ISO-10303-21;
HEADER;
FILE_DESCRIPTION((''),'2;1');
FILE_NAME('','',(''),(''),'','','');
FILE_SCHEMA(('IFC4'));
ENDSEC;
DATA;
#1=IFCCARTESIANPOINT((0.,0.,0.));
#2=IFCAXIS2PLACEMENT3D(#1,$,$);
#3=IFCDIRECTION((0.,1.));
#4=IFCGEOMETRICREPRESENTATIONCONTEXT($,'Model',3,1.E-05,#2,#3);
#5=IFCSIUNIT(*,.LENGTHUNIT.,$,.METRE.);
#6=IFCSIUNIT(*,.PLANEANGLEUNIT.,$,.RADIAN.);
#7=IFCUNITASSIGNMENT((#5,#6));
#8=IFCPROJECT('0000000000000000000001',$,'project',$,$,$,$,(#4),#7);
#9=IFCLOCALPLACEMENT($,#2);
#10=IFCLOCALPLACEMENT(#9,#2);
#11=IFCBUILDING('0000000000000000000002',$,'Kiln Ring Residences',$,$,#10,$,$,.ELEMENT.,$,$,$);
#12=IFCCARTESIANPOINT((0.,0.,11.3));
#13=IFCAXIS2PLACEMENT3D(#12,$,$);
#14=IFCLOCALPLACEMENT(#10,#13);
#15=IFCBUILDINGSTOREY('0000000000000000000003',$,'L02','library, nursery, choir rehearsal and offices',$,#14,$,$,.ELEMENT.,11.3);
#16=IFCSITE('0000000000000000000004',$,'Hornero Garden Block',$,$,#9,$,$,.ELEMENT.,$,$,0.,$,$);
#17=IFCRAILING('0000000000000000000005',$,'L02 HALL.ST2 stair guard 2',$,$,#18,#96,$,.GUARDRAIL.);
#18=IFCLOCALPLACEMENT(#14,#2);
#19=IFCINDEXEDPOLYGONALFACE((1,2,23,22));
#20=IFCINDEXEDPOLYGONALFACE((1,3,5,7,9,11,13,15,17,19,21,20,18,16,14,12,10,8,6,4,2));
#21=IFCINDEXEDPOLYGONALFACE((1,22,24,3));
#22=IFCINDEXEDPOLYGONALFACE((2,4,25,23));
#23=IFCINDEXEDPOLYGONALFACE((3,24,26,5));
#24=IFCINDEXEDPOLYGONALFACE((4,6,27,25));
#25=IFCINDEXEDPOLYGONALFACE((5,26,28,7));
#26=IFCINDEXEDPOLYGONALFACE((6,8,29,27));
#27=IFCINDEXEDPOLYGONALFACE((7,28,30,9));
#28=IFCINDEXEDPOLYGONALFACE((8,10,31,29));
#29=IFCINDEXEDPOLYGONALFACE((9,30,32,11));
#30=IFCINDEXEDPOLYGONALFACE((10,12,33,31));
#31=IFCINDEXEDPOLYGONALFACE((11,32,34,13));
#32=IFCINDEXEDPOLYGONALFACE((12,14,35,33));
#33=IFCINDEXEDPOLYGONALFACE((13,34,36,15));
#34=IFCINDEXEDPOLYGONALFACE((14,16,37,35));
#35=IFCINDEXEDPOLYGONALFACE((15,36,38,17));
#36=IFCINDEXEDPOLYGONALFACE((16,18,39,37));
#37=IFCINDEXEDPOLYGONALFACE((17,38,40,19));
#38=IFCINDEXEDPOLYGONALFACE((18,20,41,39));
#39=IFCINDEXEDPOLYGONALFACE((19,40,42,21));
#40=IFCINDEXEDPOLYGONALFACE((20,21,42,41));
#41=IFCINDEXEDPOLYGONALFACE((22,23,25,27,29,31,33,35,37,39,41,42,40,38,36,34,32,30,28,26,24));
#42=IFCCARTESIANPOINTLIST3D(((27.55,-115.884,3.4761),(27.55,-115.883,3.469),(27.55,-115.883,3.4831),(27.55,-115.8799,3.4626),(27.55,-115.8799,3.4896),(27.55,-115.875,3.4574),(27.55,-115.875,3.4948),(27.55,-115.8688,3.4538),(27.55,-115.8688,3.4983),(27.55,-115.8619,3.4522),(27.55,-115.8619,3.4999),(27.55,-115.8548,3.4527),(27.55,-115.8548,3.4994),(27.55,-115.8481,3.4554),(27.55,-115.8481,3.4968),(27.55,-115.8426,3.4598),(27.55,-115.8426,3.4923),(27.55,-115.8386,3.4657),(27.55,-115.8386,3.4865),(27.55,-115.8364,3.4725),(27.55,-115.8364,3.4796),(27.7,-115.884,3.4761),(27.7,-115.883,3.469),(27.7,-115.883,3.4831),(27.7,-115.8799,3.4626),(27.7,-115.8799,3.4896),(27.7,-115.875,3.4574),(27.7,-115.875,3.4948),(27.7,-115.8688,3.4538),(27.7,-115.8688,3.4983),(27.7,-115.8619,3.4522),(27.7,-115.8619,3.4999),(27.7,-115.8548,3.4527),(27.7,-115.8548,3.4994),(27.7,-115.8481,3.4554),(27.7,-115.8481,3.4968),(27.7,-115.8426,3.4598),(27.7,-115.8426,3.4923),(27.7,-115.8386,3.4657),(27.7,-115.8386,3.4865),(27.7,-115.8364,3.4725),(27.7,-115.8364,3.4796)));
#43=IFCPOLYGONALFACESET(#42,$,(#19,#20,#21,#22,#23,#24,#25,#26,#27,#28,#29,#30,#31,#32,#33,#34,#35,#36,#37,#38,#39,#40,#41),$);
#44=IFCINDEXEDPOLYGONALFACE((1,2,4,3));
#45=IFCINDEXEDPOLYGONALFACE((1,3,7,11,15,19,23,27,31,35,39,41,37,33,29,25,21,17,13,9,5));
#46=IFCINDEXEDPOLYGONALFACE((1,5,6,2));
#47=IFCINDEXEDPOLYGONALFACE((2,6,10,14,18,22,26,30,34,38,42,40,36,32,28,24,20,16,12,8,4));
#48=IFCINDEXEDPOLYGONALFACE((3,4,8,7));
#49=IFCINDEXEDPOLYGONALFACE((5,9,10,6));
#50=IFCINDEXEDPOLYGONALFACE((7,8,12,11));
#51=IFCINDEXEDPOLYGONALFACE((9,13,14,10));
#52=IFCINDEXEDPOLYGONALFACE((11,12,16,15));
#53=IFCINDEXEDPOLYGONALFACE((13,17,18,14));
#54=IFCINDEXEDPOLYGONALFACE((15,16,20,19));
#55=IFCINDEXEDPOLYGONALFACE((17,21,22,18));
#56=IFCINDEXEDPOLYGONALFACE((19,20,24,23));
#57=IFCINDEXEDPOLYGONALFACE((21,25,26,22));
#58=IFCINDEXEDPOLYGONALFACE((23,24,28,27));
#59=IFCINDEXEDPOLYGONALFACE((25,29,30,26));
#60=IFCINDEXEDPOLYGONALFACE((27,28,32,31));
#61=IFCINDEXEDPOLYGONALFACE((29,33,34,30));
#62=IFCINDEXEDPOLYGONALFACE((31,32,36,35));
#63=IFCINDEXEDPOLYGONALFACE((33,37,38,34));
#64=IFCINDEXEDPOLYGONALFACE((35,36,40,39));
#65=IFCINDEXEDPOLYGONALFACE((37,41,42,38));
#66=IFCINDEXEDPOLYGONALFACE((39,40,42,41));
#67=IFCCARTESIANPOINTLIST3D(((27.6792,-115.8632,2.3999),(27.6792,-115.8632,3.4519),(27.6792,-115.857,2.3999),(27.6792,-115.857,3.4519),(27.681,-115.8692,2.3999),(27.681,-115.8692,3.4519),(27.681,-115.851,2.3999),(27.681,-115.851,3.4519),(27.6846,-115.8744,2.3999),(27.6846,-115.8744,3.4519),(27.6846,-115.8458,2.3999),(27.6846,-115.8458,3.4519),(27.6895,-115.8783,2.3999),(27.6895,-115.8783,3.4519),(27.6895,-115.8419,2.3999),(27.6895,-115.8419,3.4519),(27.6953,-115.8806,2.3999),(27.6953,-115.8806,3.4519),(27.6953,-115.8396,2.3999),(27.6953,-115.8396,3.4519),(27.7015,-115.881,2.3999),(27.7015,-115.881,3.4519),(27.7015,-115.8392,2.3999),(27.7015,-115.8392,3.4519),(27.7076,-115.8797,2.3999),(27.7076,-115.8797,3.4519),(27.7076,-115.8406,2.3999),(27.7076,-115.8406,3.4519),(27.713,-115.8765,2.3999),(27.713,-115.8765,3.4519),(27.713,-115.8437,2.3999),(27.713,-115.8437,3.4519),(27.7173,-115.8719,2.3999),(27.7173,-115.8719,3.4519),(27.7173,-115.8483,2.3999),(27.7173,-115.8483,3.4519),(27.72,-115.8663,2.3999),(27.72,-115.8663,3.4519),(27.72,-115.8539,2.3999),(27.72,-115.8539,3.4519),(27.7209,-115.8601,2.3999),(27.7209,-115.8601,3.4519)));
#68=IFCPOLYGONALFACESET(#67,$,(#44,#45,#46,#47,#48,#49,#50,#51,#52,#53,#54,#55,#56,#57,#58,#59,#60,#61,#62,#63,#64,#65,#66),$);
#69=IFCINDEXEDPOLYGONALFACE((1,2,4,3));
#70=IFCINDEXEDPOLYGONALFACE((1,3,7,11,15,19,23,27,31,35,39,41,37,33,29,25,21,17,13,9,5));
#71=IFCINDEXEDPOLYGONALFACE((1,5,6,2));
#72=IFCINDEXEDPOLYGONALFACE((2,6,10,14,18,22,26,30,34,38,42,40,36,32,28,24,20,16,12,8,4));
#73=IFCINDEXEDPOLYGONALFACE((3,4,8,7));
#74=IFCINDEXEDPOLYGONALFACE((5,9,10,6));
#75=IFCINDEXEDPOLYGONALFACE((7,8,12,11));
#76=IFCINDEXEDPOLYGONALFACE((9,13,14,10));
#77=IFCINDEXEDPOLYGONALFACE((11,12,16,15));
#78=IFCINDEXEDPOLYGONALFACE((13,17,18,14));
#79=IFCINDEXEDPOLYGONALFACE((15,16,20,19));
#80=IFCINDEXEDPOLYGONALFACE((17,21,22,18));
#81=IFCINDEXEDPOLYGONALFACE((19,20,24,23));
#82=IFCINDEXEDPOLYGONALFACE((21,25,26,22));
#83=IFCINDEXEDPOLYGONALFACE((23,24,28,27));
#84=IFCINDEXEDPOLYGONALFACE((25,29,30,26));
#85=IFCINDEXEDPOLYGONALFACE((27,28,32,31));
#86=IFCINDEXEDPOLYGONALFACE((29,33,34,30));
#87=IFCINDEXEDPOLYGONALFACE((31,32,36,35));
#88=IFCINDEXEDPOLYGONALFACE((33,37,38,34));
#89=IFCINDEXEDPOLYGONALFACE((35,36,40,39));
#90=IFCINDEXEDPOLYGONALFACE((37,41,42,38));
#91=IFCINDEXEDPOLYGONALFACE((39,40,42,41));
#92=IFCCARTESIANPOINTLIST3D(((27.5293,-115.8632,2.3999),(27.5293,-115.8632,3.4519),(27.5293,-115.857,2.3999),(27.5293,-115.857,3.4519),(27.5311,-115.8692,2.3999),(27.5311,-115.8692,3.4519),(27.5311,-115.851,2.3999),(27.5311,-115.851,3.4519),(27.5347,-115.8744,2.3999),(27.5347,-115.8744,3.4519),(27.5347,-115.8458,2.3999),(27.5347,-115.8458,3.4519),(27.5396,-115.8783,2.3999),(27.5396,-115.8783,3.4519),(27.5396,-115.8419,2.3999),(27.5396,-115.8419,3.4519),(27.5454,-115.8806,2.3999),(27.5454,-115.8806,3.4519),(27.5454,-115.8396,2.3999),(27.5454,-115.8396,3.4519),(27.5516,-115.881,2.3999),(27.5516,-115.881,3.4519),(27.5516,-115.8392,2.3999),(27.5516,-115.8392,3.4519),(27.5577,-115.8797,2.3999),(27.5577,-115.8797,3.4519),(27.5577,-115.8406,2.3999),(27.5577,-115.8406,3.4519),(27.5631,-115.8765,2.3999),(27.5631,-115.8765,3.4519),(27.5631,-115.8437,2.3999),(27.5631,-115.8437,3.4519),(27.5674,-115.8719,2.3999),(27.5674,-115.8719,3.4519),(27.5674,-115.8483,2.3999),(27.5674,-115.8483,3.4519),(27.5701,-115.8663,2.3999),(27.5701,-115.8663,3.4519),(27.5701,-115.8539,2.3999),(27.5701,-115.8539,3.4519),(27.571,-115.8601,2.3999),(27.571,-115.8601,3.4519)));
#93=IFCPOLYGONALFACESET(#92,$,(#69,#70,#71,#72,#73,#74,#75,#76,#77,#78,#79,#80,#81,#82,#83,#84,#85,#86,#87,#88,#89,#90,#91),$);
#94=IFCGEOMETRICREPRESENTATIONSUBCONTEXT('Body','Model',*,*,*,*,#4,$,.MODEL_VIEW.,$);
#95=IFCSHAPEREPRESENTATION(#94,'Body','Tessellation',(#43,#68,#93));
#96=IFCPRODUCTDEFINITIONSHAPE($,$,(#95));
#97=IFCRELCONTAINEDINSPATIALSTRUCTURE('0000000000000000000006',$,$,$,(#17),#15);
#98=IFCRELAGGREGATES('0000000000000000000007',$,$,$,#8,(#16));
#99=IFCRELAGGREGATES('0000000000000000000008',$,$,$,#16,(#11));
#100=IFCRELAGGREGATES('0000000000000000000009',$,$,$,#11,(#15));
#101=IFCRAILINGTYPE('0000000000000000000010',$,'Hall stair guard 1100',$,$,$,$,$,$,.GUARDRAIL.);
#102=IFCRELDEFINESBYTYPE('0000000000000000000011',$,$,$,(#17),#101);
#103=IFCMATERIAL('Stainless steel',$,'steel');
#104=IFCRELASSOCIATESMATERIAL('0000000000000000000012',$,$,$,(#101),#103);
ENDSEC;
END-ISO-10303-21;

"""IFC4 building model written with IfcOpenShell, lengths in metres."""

from ifc_helpers import new_model, si_unit, direction, frame, origin, origin_2d, place, context, subcontext, project, spatial, circle, extrude, material, type_object, element, save


model = new_model("IFC4")

# Units and contexts
model_context = context("Model", 3, precision=1e-05, world=origin(), true_north=direction((0.0, 1.0)))
body_context = subcontext(model_context, "Body", "Model", "MODEL_VIEW")
ifc_project = project(units=[si_unit("LENGTHUNIT", "METRE"), si_unit("PLANEANGLEUNIT", "RADIAN")], contexts=[model_context])

# Site, building, storey
site_placement = place(None, origin())
site = spatial("IfcSite", under=ifc_project, at=site_placement, Name="Hornero Garden Block", CompositionType="ELEMENT", RefElevation=0.0)
building_placement = place(site_placement, origin())
building = spatial("IfcBuilding", under=site, at=building_placement, Name="Kiln Ring Residences", CompositionType="ELEMENT")
storey_placement = place(building_placement, frame((0.0, 0.0, 11.3)))
storey = spatial("IfcBuildingStorey", under=building, at=storey_placement, Name="L02", Description="library, nursery, choir rehearsal and offices", CompositionType="ELEMENT", Elevation=11.3)

# Railing
ifc_material_1 = material(Name="Stainless steel", Category="steel")
railing_type_1 = type_object("IfcRailingType", Name="Hall stair guard 1100", PredefinedType="GUARDRAIL", material=ifc_material_1)
railing_1_placement = place(storey_placement, frame((27.7, -115.8601, 2.3999)))
element("IfcRailing", 1, at=railing_1_placement, inside=storey, type_object=railing_type_1, Name="L02 HALL.ST2 stair guard 2", PredefinedType="GUARDRAIL", context=body_context, shape_type="SweptSolid", body=[
    extrude(circle(Radius=0.0239, at=origin_2d()), frame((0.0, 0.0, 1.0762), z_axis=(-1.0, 0.0, 0.0), x_axis=(0.0, -1.0, 0.0)), (0.0, 0.0, 1.0), 0.1499),
    extrude(circle(Radius=0.021, at=origin_2d()), origin(), (0.0, 0.0, 1.0), 1.052),
    extrude(circle(Radius=0.021, at=origin_2d()), frame((-0.1499, 0.0, 0.0)), (0.0, 0.0, 1.0), 1.052),
])

save(model, "model.ifc")
